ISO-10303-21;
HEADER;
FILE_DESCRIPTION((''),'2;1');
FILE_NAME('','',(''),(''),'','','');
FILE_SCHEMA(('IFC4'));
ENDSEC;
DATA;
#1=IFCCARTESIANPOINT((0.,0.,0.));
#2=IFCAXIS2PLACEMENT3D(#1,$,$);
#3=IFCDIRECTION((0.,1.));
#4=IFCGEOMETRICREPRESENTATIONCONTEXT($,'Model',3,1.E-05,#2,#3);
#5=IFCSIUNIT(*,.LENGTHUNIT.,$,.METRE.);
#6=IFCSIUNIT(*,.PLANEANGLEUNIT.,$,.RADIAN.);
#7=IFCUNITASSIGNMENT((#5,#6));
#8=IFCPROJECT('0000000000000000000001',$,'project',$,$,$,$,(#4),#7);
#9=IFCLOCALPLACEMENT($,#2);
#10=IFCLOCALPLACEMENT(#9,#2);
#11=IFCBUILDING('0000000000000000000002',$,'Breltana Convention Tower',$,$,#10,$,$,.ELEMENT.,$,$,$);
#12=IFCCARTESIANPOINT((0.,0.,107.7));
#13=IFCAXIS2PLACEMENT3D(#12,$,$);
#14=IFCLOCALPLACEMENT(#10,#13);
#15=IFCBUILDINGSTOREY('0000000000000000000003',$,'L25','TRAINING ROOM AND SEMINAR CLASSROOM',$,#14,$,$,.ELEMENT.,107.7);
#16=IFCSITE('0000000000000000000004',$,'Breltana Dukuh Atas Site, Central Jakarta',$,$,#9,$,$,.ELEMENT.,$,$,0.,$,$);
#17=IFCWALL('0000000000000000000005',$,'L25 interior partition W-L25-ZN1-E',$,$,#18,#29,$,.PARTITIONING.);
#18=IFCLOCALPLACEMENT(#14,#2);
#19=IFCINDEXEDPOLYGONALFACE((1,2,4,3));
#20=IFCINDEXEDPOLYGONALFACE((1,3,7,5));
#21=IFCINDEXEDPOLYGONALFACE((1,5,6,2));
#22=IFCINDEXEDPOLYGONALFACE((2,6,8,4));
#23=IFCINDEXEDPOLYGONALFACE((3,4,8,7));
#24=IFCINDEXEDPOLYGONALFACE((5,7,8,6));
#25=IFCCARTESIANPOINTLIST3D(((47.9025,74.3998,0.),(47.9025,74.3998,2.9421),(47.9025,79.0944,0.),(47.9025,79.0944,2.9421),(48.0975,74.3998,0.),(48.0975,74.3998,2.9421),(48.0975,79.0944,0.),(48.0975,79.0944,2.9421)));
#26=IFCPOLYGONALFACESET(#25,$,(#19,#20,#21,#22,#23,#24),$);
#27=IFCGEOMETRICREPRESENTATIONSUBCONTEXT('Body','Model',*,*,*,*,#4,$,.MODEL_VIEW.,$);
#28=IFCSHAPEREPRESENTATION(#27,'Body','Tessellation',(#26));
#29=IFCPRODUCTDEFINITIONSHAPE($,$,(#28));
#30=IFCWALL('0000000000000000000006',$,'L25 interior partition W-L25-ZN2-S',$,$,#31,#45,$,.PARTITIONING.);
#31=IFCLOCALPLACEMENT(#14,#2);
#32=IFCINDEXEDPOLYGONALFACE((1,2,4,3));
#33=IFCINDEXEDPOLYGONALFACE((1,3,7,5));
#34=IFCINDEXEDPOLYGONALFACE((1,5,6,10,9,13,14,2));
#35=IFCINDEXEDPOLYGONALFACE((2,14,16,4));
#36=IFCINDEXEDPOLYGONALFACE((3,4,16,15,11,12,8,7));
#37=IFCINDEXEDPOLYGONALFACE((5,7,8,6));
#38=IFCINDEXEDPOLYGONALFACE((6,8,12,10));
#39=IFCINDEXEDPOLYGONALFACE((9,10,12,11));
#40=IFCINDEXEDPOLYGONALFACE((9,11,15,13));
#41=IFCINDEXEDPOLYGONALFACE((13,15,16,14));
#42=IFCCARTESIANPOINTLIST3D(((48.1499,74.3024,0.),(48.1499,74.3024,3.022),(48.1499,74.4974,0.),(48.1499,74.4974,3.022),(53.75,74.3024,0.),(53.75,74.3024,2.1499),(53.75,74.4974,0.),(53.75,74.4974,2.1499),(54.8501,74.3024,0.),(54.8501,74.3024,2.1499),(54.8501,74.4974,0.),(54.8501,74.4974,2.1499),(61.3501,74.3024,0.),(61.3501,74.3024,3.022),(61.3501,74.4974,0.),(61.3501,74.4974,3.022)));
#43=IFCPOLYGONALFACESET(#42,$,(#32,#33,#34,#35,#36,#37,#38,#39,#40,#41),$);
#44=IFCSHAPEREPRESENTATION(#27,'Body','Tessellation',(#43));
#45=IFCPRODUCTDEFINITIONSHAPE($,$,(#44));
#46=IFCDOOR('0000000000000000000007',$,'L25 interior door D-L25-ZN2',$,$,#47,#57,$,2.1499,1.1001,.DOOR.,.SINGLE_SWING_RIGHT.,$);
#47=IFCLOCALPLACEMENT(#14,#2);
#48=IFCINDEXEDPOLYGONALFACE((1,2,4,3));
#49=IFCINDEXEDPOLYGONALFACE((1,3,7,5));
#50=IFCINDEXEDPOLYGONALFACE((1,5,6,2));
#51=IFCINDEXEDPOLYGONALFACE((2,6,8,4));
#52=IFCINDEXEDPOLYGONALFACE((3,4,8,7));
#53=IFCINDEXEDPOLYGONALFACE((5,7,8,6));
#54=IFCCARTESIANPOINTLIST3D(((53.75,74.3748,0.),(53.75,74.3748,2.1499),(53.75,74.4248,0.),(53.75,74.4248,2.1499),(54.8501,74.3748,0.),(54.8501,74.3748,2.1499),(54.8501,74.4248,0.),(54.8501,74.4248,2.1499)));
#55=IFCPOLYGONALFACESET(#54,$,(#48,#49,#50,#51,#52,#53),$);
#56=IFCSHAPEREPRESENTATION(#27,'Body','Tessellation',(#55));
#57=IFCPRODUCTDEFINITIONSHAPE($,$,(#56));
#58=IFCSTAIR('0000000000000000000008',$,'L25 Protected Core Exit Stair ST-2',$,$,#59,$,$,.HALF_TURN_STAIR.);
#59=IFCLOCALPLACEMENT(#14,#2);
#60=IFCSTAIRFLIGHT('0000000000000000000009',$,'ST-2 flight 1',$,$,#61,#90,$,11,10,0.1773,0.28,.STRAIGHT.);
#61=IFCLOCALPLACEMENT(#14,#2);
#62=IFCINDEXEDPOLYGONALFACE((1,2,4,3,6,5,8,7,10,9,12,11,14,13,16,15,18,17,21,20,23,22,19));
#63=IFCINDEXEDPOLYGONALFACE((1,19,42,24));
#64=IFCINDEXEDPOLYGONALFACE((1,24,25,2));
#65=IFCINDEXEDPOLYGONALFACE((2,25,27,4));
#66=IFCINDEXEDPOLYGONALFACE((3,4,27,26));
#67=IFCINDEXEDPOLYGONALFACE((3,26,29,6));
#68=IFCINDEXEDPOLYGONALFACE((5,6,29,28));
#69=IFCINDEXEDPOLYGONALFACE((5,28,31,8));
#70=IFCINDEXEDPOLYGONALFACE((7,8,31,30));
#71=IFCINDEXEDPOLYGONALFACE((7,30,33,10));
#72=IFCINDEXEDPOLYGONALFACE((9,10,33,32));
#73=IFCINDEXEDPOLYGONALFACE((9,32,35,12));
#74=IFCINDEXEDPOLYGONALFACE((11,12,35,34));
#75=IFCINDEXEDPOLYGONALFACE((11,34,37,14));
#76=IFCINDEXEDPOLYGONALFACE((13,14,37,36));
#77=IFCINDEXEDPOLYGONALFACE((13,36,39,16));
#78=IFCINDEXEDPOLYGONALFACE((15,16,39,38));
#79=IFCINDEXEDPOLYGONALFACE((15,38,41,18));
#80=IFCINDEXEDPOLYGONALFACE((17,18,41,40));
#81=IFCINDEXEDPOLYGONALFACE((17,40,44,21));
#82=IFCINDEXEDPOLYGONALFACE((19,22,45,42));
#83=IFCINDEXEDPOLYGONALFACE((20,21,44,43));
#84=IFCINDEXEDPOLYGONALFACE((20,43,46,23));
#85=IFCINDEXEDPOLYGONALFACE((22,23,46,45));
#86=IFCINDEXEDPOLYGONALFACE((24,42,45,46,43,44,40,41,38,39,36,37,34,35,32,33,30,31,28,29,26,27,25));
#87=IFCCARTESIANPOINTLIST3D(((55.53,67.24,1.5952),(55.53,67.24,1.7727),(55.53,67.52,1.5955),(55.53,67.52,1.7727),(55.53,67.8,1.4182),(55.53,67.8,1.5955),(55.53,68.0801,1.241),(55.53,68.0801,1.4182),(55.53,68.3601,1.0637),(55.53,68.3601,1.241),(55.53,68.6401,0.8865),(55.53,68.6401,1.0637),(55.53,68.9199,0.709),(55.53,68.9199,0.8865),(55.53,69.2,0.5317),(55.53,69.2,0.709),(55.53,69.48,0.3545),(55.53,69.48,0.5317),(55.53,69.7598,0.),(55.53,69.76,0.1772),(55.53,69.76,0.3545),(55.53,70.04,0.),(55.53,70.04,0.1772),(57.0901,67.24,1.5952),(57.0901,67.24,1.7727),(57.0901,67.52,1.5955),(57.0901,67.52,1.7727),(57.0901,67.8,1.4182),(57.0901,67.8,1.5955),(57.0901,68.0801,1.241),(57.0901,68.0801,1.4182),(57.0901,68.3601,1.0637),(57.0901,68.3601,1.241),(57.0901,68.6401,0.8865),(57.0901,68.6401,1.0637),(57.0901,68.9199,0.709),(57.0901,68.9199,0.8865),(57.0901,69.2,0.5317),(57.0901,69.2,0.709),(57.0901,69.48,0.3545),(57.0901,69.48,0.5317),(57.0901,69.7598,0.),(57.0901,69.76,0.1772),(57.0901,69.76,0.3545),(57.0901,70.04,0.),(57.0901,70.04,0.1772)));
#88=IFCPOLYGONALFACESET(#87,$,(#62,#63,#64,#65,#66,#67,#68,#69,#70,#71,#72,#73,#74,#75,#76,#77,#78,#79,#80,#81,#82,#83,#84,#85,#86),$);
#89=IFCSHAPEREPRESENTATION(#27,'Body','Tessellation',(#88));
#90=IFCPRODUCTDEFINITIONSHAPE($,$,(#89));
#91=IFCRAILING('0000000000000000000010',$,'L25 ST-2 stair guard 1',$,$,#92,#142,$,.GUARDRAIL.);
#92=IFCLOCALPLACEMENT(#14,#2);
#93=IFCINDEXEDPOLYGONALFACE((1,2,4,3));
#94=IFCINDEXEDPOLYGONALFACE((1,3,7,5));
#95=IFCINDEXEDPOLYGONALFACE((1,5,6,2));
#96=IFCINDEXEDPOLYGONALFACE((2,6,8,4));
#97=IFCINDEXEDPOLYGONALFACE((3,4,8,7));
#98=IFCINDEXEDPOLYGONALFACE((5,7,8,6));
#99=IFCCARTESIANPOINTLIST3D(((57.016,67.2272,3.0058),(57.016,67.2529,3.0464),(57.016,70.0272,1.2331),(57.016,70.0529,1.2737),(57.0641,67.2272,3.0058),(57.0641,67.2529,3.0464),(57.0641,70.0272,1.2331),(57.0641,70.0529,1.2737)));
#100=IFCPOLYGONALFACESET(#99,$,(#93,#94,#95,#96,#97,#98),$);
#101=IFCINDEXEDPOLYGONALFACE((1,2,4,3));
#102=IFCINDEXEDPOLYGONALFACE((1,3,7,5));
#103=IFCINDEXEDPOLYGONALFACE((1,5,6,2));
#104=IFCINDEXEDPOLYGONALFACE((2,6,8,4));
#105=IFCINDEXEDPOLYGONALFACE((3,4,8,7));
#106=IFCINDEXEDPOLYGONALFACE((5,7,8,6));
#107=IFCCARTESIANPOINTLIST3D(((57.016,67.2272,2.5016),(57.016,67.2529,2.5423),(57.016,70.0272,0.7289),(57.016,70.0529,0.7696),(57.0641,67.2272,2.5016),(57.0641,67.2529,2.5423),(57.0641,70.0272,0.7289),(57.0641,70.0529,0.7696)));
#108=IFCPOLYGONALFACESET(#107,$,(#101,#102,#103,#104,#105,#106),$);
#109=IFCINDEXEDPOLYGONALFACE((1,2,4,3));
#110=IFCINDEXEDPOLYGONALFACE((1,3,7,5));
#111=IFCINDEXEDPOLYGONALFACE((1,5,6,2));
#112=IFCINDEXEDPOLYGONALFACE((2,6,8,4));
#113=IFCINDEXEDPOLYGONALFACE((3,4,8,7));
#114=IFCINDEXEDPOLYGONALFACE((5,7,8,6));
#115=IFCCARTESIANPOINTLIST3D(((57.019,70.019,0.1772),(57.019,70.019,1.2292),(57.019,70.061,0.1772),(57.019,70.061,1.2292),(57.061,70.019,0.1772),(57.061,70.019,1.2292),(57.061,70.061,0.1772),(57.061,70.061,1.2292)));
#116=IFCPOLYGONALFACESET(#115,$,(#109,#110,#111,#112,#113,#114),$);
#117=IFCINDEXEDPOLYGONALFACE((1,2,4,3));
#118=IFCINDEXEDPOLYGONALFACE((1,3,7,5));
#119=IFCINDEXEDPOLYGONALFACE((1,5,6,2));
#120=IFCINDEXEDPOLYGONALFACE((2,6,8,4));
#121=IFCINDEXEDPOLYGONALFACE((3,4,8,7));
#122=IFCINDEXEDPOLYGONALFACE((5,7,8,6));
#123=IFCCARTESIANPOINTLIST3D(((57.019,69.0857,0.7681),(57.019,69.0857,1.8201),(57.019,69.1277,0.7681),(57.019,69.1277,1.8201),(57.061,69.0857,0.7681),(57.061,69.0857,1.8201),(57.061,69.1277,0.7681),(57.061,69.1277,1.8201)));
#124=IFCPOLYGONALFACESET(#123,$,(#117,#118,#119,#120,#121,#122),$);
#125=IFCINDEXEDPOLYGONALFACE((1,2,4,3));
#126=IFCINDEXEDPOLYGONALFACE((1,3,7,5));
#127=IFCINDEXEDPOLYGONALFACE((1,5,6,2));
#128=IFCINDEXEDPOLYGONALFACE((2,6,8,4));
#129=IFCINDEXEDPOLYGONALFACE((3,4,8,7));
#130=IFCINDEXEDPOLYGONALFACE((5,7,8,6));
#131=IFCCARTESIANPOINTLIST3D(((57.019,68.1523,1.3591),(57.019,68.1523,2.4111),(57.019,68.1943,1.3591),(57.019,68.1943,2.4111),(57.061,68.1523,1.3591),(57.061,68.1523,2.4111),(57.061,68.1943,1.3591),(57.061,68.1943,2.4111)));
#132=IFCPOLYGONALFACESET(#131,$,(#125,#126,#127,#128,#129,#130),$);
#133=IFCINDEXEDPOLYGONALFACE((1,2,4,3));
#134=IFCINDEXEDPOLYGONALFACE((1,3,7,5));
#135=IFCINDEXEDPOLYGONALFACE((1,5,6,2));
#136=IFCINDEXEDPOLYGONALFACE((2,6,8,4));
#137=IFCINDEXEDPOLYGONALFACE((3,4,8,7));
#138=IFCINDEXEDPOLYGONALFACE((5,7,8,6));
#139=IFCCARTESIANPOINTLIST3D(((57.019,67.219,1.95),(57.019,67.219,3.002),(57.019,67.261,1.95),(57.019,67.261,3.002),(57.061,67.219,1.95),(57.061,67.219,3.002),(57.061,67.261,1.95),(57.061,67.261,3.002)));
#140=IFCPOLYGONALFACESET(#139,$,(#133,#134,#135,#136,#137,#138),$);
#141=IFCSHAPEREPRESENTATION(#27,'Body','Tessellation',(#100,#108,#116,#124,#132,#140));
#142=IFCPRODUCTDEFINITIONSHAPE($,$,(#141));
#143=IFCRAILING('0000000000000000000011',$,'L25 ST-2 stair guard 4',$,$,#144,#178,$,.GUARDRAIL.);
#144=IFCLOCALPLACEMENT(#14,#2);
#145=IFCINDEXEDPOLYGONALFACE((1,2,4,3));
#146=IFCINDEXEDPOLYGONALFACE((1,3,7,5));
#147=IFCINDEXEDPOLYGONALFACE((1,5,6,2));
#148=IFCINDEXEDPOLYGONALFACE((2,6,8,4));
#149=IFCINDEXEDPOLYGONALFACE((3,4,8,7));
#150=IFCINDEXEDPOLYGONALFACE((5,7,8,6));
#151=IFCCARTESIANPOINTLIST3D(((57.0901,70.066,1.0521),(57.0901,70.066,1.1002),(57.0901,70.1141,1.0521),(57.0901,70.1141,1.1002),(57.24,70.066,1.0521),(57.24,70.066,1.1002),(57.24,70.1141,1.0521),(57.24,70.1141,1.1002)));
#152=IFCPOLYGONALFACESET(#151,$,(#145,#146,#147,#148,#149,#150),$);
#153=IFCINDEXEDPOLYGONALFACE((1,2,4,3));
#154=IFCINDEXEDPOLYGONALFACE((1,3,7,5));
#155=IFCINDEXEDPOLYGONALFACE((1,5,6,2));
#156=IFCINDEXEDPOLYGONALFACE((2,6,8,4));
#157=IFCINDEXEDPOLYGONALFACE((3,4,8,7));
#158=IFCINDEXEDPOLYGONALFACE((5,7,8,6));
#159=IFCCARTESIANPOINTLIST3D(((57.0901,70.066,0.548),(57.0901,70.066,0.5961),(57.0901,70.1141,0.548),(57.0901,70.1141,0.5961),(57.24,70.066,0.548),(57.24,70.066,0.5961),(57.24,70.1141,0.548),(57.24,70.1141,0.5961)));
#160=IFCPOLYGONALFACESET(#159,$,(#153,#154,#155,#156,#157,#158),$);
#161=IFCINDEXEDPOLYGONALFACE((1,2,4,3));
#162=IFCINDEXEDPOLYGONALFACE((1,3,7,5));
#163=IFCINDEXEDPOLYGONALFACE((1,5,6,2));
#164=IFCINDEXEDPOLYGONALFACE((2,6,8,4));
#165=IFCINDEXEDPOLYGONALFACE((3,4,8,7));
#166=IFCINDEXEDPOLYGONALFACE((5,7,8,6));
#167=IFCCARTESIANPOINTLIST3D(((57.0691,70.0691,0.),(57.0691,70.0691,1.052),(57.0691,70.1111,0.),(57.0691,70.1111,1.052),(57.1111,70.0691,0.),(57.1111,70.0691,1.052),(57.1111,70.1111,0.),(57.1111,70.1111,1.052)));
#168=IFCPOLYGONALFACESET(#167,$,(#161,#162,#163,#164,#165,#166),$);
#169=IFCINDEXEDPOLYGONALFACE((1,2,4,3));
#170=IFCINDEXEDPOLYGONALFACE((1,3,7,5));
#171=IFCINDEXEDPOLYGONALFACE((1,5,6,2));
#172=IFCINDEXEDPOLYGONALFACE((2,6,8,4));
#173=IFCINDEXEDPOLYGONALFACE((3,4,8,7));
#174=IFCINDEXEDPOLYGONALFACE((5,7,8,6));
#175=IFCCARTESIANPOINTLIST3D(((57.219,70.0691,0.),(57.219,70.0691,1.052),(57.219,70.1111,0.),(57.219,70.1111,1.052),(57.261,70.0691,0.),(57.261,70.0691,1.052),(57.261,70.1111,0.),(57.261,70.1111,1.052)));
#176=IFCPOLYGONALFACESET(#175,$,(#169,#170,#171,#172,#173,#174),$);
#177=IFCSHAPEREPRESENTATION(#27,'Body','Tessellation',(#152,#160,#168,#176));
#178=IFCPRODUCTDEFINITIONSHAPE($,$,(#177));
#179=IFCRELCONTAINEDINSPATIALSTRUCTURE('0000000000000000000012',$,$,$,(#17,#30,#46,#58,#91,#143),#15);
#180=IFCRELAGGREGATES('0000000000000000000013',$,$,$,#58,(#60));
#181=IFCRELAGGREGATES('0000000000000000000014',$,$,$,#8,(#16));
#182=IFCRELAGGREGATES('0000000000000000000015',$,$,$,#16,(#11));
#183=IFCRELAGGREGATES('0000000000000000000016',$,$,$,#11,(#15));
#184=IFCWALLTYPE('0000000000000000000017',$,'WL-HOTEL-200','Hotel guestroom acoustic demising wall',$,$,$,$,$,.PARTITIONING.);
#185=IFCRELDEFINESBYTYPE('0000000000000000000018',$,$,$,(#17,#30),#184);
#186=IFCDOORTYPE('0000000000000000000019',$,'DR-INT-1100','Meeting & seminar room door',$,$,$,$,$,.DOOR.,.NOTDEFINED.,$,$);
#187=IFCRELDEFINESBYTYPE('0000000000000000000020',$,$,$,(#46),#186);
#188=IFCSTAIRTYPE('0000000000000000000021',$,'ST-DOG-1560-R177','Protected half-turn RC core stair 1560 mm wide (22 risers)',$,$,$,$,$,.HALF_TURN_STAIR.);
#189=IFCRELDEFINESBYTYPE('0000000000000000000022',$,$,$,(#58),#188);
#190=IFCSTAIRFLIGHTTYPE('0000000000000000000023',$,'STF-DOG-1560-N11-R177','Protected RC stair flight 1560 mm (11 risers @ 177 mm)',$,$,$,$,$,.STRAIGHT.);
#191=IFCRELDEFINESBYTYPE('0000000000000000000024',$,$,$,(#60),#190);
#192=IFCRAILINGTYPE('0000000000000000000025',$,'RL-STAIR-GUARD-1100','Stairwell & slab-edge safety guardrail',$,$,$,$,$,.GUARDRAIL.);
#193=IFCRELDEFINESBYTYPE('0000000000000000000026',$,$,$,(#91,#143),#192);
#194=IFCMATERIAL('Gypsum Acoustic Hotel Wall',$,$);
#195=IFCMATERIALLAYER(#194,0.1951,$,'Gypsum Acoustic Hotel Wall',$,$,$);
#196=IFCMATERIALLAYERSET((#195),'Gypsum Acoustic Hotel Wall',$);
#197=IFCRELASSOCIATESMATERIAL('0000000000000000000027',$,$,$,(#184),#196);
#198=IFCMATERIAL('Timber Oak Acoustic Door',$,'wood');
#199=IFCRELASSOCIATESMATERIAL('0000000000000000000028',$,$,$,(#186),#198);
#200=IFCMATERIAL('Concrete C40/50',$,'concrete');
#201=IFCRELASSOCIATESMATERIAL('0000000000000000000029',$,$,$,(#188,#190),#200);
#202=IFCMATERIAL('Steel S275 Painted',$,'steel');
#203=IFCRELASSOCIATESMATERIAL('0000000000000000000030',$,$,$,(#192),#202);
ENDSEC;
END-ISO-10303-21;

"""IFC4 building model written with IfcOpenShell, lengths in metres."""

from ifc_helpers import new_model, si_unit, direction, frame, frame_2d, origin, origin_2d, place, context, subcontext, project, spatial, polyline, rectangle, outline, extrude, source, transform, mapped, material, layer, layer_set, type_object, type_shapes, element, fill, aggregate, save


model = new_model("IFC4")

# Units and contexts
model_context = context("Model", 3, precision=1e-05, world=origin(), true_north=direction((0.0, 1.0)))
body_context = subcontext(model_context, "Body", "Model", "MODEL_VIEW")
ifc_project = project(units=[si_unit("LENGTHUNIT", "METRE"), si_unit("PLANEANGLEUNIT", "RADIAN")], contexts=[model_context])

# Site, building, storey
site_placement = place(None, origin())
site = spatial("IfcSite", under=ifc_project, at=site_placement, Name="Breltana Dukuh Atas Site, Central Jakarta", CompositionType="ELEMENT", RefElevation=0.0)
building_placement = place(site_placement, origin())
building = spatial("IfcBuilding", under=site, at=building_placement, Name="Breltana Convention Tower", CompositionType="ELEMENT")
storey_placement = place(building_placement, frame((0.0, 0.0, 107.7)))
storey = spatial("IfcBuildingStorey", under=building, at=storey_placement, Name="L25", Description="TRAINING ROOM AND SEMINAR CLASSROOM", CompositionType="ELEMENT", Elevation=107.7)

# Wall
ifc_material_1 = material(Name="Gypsum Acoustic Hotel Wall")
ifc_layer_1 = layer(ifc_material_1, 0.1951, Name="Gypsum Acoustic Hotel Wall")
ifc_layer_set_1 = layer_set([ifc_layer_1], Name="Gypsum Acoustic Hotel Wall")
wall_type_1 = type_object("IfcWallType", Name="WL-HOTEL-200", Description="Hotel guestroom acoustic demising wall", PredefinedType="PARTITIONING", material=ifc_layer_set_1)
shared_shape_1 = source(origin(), body_context, "Body", "SweptSolid", [
    extrude(rectangle(XDim=4.6946, YDim=0.1951, at=frame_2d((2.3472, 0.0))), origin(), (0.0, 0.0, 1.0), 2.9421),
])
wall_1_placement = place(storey_placement, frame((48.0, 74.3999, 0.0), z_axis=(0.0, 0.0, 1.0), x_axis=(0.0, 1.0, 0.0)))
element("IfcWall", 1, at=wall_1_placement, inside=storey, type_object=wall_type_1, Name="L25 interior partition W-L25-ZN1-E", PredefinedType="PARTITIONING", context=body_context, shape_type="MappedRepresentation", body=[
    mapped(shared_shape_1, transform((0.0, 0.0, 0.0), scale=1.0)),
])

# Wall, opening, door
shared_shape_2 = source(origin(), body_context, "Body", "SweptSolid", [
    extrude(rectangle(XDim=13.2002, YDim=0.1951, at=frame_2d((6.6001, 0.0))), origin(), (0.0, 0.0, 1.0), 3.022),
])
wall_2_placement = place(storey_placement, frame((48.1499, 74.3999, 0.0), z_axis=(0.0, 0.0, 1.0), x_axis=(1.0, 0.0, 0.0)))
wall_2 = element("IfcWall", 2, at=wall_2_placement, inside=storey, type_object=wall_type_1, Name="L25 interior partition W-L25-ZN2-S", PredefinedType="PARTITIONING", context=body_context, shape_type="MappedRepresentation", body=[
    mapped(shared_shape_2, transform((0.0, 0.0, 0.0), scale=1.0)),
])
opening_1_placement = place(wall_2_placement, frame((5.6001, 0.0, 0.0)))
opening_1 = element("IfcOpeningElement", 3, at=opening_1_placement, cuts=wall_2, PredefinedType="OPENING", context=body_context, shape_type="SweptSolid", body=[
    extrude(rectangle(XDim=1.1001, YDim=2.1499, at=frame_2d((0.55, 1.075))), frame((0.0, 0.1074, 0.0), z_axis=(0.0, -1.0, 0.0), x_axis=(1.0, 0.0, 0.0)), (0.0, 0.0, 1.0), 0.2151),
])
ifc_material_2 = material(Name="Timber Oak Acoustic Door", Category="wood")
door_type_1 = type_object("IfcDoorType", Name="DR-INT-1100", Description="Meeting & seminar room door", OperationType="NOTDEFINED", PredefinedType="DOOR", material=ifc_material_2)
shared_shape_3 = source(origin(), body_context, "Body", "SweptSolid", [
    extrude(rectangle(XDim=1.1001, YDim=2.1499, at=frame_2d((0.55, 1.075))), frame((0.0, 0.0249, 0.0), z_axis=(0.0, -1.0, 0.0), x_axis=(1.0, 0.0, 0.0)), (0.0, 0.0, 1.0), 0.05),
])
type_shapes(door_type_1, [shared_shape_3])
door_1_placement = place(opening_1_placement, origin())
door_1 = element("IfcDoor", 4, at=door_1_placement, inside=storey, type_object=door_type_1, Name="L25 interior door D-L25-ZN2", OperationType="SINGLE_SWING_RIGHT", OverallHeight=2.1499, OverallWidth=1.1001, PredefinedType="DOOR", context=body_context, shape_type="MappedRepresentation", body=[
    mapped(shared_shape_3, transform((0.0, 0.0, 0.0), scale=1.0)),
])
fill(opening_1, door_1)

# Stair, stair flight
ifc_material_3 = material(Name="Concrete C40/50", Category="concrete")
stair_type = type_object("IfcStairType", Name="ST-DOG-1560-R177", Description="Protected half-turn RC core stair 1560 mm wide (22 risers)", PredefinedType="HALF_TURN_STAIR", material=ifc_material_3)
stair_placement = place(storey_placement, origin())
stair = element("IfcStair", 5, at=stair_placement, inside=storey, type_object=stair_type, Name="L25 Protected Core Exit Stair ST-2", PredefinedType="HALF_TURN_STAIR")
stair_flight_type = type_object("IfcStairFlightType", Name="STF-DOG-1560-N11-R177", Description="Protected RC stair flight 1560 mm (11 risers @ 177 mm)", PredefinedType="STRAIGHT", material=ifc_material_3)
stair_flight_placement = place(storey_placement, frame((56.3101, 70.04, 0.0), z_axis=(0.0, 0.0, 1.0), x_axis=(0.0, -1.0, 0.0)))
stair_flight = element("IfcStairFlight", 6, at=stair_flight_placement, type_object=stair_flight_type, Name="ST-2 flight 1", NumberOfRisers=11, NumberOfTreads=10, PredefinedType="STRAIGHT", RiserHeight=0.1773, TreadLength=0.28, context=body_context, shape_type="SweptSolid", body=[
    extrude(outline(polyline([(0.0, 0.0), (0.0, 0.1772), (0.28, 0.1772), (0.28, 0.3545), (0.5601, 0.3545), (0.5601, 0.5317), (0.8401, 0.5317), (0.8401, 0.709), (1.1201, 0.709), (1.1201, 0.8865), (1.3999, 0.8865), (1.3999, 1.0637), (1.6799, 1.0637), (1.6799, 1.241), (1.96, 1.241), (1.96, 1.4182), (2.24, 1.4182), (2.24, 1.5955), (2.52, 1.5955), (2.52, 1.7727), (2.8, 1.7727), (2.8, 1.95), (2.8, 1.5952), (0.2803, 0.0), (0.0, 0.0)])), frame((0.0, 0.78, 0.0), z_axis=(0.0, -1.0, 0.0), x_axis=(1.0, 0.0, 0.0)), (0.0, 0.0, 1.0), 1.5601),
])
aggregate(stair, [stair_flight])

# Railings
ifc_material_4 = material(Name="Steel S275 Painted", Category="steel")
railing_type_1 = type_object("IfcRailingType", Name="RL-STAIR-GUARD-1100", Description="Stairwell & slab-edge safety guardrail", PredefinedType="GUARDRAIL", material=ifc_material_4)
railing_1_placement = place(storey_placement, frame((57.04, 70.04, 0.1772)))
element("IfcRailing", 7, at=railing_1_placement, inside=storey, type_object=railing_type_1, Name="L25 ST-2 stair guard 1", PredefinedType="GUARDRAIL", context=body_context, shape_type="SweptSolid", body=[
    extrude(rectangle(XDim=0.0481, YDim=0.0481, at=origin_2d()), frame((0.0, 0.0, 1.0762), z_axis=(0.0, -0.844909, 0.53491), x_axis=(1.0, 0.0, 0.0)), (0.0, 0.0, 1.0), 3.314),
    extrude(rectangle(XDim=0.0481, YDim=0.0481, at=origin_2d()), frame((0.0, 0.0, 0.572), z_axis=(0.0, -0.844909, 0.53491), x_axis=(1.0, 0.0, 0.0)), (0.0, 0.0, 1.0), 3.314),
    extrude(rectangle(XDim=0.042, YDim=0.042, at=origin_2d()), origin(), (0.0, 0.0, 1.0), 1.052),
    extrude(rectangle(XDim=0.042, YDim=0.042, at=origin_2d()), frame((0.0, -0.9333, 0.5908)), (0.0, 0.0, 1.0), 1.052),
    extrude(rectangle(XDim=0.042, YDim=0.042, at=origin_2d()), frame((0.0, -1.8667, 1.1819)), (0.0, 0.0, 1.0), 1.052),
    extrude(rectangle(XDim=0.042, YDim=0.042, at=origin_2d()), frame((0.0, -2.8, 1.7727)), (0.0, 0.0, 1.0), 1.052),
])
railing_2_placement = place(storey_placement, frame((57.0901, 70.0901, 0.0)))
element("IfcRailing", 8, at=railing_2_placement, inside=storey, type_object=railing_type_1, Name="L25 ST-2 stair guard 4", PredefinedType="GUARDRAIL", context=body_context, shape_type="SweptSolid", body=[
    extrude(rectangle(XDim=0.0481, YDim=0.0481, at=origin_2d()), frame((0.0, 0.0, 1.0762), z_axis=(1.0, 0.0, 0.0), x_axis=(0.0, 1.0, 0.0)), (0.0, 0.0, 1.0), 0.1499),
    extrude(rectangle(XDim=0.0481, YDim=0.0481, at=origin_2d()), frame((0.0, 0.0, 0.572), z_axis=(1.0, 0.0, 0.0), x_axis=(0.0, 1.0, 0.0)), (0.0, 0.0, 1.0), 0.1499),
    extrude(rectangle(XDim=0.042, YDim=0.042, at=origin_2d()), origin(), (0.0, 0.0, 1.0), 1.052),
    extrude(rectangle(XDim=0.042, YDim=0.042, at=origin_2d()), frame((0.1499, 0.0, 0.0)), (0.0, 0.0, 1.0), 1.052),
])

save(model, "model.ifc")
